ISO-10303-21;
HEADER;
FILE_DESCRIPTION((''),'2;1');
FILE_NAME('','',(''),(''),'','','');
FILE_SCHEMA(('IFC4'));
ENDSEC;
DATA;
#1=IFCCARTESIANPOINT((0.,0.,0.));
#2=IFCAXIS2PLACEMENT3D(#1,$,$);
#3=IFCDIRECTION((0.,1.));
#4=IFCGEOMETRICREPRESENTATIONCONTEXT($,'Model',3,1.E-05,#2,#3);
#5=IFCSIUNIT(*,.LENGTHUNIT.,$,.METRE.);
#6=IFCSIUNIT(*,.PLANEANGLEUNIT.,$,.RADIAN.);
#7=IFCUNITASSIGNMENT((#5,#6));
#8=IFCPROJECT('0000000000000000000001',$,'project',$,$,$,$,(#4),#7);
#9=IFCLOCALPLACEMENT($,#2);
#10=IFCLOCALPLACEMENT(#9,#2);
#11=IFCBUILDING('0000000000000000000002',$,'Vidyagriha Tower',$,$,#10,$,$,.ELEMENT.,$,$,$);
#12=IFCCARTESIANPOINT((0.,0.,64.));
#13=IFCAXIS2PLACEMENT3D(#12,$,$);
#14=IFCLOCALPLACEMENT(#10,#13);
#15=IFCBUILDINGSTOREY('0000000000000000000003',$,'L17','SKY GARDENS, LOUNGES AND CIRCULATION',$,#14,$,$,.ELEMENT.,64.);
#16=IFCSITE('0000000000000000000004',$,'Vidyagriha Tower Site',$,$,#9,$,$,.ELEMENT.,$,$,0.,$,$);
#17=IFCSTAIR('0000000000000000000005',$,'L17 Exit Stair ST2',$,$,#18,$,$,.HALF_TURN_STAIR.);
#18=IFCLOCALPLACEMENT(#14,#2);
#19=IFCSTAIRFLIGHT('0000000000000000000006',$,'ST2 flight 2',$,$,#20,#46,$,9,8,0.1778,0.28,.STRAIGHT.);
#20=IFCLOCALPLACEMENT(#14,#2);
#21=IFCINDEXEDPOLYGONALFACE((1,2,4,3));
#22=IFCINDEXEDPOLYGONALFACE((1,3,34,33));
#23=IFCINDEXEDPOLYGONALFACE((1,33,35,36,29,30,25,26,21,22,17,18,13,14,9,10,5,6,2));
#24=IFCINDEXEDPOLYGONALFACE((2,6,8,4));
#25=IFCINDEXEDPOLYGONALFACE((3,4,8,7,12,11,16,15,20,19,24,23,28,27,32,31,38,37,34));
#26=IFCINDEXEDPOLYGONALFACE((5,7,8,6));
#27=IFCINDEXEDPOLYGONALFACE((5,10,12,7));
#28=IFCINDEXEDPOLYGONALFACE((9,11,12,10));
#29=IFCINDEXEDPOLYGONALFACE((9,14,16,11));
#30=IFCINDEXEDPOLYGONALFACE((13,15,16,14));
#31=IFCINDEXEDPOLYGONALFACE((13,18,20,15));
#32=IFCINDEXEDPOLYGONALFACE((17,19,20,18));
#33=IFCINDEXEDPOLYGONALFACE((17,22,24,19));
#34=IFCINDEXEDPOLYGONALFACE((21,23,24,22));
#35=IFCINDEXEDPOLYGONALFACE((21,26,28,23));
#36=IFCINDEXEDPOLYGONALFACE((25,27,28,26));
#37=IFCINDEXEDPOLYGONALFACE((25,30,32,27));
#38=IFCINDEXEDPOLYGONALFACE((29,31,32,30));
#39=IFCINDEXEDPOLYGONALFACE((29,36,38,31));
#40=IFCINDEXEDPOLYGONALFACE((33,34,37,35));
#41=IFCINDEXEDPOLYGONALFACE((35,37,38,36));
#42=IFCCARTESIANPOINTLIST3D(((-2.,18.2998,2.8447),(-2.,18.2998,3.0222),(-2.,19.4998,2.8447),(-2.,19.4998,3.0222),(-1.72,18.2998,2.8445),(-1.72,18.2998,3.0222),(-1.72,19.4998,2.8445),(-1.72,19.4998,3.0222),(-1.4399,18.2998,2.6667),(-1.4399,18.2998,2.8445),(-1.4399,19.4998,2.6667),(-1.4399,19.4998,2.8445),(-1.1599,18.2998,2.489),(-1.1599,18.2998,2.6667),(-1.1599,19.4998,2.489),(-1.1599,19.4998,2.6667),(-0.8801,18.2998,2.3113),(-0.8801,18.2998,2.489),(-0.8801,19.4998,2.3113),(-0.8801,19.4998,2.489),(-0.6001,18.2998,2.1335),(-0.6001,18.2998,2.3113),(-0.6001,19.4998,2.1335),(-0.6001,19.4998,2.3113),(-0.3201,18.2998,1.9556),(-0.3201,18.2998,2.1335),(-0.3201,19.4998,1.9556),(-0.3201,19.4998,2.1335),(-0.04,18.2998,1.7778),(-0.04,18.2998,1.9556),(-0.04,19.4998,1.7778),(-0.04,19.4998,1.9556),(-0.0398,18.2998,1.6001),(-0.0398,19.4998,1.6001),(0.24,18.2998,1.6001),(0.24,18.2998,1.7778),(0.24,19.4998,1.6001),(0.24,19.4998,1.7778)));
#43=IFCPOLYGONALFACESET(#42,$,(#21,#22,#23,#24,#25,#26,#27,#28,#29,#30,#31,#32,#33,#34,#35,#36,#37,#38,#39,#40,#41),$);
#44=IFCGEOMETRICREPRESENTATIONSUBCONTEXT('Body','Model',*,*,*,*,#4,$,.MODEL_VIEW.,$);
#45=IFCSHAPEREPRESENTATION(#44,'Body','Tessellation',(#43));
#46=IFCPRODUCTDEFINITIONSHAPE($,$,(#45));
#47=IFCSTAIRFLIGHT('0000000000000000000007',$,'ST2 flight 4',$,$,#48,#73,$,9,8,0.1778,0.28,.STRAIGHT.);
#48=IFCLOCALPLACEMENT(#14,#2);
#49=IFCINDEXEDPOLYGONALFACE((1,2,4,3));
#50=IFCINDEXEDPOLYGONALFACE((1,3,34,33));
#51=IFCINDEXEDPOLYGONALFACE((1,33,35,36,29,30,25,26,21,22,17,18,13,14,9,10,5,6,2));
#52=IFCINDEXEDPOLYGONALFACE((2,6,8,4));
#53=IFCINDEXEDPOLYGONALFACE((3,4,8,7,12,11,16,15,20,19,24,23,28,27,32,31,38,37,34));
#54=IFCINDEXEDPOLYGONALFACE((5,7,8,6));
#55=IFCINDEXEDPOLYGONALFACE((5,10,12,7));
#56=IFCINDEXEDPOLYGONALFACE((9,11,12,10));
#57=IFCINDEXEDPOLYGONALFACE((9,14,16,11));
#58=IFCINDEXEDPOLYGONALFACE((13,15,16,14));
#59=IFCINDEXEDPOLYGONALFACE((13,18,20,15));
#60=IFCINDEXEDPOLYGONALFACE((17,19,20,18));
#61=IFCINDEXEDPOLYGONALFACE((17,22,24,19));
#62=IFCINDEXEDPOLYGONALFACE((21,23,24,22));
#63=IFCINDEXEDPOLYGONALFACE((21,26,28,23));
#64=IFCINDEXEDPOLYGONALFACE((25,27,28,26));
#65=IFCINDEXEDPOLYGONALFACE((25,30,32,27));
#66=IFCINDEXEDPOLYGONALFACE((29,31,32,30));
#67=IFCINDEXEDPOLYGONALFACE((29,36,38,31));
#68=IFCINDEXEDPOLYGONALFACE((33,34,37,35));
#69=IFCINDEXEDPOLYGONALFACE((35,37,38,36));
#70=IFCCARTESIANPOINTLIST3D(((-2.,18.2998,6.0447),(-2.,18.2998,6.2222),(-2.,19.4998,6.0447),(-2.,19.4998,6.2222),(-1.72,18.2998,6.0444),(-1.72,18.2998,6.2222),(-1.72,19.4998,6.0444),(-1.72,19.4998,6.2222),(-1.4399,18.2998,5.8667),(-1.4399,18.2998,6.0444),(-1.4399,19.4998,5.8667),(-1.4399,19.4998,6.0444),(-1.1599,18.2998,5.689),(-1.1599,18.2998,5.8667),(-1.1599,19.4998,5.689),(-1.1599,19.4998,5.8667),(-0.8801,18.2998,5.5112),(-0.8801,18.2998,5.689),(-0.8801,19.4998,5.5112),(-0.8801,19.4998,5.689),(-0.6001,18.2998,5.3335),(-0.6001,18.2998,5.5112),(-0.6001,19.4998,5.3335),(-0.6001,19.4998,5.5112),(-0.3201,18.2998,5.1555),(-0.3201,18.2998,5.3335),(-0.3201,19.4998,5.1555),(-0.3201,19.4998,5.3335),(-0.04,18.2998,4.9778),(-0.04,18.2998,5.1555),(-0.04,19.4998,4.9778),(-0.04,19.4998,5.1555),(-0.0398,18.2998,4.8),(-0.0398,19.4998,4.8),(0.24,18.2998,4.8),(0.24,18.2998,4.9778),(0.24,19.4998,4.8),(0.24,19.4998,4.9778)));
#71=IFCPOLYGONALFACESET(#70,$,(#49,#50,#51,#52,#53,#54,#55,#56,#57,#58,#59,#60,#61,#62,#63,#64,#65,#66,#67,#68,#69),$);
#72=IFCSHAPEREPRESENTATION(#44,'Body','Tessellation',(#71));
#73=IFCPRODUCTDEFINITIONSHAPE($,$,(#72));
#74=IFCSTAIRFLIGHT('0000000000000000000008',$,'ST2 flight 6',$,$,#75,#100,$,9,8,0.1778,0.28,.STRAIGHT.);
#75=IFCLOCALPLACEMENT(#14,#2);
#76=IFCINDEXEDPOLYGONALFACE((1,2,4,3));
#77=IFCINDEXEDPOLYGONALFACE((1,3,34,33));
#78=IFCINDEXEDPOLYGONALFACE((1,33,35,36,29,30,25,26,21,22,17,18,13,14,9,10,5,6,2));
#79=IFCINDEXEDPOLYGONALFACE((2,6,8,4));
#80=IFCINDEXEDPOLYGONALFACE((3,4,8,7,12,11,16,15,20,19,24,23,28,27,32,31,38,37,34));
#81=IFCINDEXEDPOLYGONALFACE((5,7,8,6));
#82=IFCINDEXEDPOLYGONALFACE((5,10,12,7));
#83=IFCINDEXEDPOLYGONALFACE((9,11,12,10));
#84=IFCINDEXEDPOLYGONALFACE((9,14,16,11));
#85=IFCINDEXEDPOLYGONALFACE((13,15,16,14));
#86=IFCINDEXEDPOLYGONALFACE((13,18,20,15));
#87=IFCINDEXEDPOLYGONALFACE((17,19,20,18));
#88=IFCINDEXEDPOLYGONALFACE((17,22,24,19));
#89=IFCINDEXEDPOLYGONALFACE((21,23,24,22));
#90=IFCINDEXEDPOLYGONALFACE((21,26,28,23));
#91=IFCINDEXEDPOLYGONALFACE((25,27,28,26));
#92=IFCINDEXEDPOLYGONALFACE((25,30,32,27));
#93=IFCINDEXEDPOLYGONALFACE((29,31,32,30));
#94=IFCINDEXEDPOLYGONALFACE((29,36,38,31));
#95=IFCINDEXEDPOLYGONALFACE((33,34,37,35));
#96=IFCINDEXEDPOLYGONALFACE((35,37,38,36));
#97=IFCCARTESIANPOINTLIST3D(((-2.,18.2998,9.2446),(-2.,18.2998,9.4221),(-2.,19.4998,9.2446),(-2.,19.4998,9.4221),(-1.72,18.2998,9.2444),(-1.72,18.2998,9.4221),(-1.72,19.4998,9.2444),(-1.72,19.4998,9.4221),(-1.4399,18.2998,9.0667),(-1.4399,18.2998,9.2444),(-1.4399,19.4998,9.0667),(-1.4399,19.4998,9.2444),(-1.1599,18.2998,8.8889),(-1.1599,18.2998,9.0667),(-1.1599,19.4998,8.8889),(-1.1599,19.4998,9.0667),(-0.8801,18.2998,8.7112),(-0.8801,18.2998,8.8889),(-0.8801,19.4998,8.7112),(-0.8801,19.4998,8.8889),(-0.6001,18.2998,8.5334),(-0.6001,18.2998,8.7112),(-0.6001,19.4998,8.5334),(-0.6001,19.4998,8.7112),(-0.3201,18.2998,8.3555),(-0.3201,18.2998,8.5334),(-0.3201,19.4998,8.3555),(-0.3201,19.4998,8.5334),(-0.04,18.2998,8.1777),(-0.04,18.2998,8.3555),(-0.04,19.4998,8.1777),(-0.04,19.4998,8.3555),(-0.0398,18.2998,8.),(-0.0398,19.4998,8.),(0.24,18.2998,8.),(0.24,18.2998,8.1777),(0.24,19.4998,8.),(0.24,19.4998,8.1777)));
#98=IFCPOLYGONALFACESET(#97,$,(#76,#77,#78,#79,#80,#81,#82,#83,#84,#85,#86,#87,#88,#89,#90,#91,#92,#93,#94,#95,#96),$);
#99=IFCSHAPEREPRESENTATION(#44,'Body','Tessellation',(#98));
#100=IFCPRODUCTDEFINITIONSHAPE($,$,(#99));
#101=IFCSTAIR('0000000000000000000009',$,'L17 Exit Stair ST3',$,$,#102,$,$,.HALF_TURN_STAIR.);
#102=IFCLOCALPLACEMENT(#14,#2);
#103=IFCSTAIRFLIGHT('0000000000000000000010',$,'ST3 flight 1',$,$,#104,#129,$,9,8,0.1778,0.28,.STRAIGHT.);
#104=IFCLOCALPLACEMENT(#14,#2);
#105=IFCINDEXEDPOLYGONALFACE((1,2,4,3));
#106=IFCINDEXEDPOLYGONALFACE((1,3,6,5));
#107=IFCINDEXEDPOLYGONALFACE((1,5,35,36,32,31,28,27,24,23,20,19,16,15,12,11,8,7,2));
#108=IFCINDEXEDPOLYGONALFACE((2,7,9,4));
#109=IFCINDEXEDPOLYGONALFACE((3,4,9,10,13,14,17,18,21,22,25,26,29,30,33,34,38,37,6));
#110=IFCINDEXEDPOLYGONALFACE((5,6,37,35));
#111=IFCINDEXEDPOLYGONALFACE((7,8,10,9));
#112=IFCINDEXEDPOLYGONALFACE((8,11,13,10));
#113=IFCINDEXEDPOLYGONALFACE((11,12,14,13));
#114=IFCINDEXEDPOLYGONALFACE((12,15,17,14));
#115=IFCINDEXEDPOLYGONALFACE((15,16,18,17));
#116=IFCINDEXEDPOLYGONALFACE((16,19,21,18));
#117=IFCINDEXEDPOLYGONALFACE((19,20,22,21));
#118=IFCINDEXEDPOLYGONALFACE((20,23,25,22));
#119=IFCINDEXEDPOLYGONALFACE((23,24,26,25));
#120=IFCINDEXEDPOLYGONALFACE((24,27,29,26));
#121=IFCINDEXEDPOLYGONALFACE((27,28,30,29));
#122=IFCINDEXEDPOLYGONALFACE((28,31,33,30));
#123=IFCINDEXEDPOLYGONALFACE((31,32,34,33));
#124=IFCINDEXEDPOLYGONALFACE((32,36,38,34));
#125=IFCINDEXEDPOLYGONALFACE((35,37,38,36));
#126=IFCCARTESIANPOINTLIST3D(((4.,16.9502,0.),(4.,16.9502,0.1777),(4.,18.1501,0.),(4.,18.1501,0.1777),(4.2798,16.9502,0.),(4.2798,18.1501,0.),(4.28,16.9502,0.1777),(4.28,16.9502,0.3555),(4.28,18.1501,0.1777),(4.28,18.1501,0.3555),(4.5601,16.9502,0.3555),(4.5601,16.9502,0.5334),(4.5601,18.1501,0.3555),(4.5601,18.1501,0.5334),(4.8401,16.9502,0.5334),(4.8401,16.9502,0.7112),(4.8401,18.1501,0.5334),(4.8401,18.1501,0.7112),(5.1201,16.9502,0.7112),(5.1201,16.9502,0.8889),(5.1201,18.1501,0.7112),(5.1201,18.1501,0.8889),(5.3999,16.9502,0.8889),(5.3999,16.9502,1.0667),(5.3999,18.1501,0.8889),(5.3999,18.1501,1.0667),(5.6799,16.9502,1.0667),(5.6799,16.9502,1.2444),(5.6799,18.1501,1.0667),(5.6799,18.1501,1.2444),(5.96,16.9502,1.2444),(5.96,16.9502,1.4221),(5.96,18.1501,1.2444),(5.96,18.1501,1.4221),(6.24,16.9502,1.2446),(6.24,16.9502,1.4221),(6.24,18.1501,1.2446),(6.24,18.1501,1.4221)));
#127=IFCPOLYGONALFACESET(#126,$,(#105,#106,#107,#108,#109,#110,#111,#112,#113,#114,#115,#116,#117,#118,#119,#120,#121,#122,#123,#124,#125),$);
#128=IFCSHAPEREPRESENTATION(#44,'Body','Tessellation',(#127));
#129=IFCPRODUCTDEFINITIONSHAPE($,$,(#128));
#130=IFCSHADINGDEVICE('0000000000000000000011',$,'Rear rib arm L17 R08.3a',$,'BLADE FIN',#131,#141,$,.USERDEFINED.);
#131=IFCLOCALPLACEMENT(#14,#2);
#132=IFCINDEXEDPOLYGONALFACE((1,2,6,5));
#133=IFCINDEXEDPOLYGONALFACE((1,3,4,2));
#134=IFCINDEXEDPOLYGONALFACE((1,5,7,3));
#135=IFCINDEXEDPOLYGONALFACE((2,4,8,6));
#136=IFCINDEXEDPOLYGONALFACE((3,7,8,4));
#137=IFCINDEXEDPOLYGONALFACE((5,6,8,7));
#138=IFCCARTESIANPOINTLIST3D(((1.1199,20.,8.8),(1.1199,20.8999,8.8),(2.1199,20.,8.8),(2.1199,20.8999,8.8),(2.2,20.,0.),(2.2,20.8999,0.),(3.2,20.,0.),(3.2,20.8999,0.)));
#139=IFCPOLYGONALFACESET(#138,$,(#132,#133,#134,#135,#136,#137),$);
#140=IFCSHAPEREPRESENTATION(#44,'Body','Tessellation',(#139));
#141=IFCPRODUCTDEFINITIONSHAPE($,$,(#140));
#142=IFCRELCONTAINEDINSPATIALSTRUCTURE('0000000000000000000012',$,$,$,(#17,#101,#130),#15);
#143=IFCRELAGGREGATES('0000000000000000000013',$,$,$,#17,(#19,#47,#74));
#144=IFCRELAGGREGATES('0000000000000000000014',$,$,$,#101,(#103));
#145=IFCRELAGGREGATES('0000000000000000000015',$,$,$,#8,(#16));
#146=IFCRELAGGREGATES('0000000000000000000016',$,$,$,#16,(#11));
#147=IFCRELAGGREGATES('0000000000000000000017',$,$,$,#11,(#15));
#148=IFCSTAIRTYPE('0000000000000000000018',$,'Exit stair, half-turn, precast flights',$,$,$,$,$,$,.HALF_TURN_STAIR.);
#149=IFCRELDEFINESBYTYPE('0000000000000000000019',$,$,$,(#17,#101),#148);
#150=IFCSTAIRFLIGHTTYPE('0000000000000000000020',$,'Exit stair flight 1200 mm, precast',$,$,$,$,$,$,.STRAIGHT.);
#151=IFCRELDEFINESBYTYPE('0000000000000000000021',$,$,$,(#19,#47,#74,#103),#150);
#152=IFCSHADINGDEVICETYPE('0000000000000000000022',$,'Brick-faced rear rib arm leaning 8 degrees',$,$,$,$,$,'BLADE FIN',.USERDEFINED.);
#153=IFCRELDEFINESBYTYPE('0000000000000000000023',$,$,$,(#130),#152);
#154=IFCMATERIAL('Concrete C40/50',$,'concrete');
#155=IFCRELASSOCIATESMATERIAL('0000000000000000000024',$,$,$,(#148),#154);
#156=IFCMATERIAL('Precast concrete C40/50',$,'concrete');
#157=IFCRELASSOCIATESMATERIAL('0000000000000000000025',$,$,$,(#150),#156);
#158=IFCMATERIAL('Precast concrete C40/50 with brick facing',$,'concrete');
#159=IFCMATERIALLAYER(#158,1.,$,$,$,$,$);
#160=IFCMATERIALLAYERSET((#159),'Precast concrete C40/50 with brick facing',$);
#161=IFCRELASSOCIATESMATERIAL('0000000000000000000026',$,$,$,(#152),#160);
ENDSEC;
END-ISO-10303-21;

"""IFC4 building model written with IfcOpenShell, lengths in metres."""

from ifc_helpers import new_model, si_unit, direction, frame, origin, place, context, subcontext, project, spatial, polyline, outline, extrude, material, layer, layer_set, type_object, element, aggregate, save


model = new_model("IFC4")

# Units and contexts
model_context = context("Model", 3, precision=1e-05, world=origin(), true_north=direction((0.0, 1.0)))
body_context = subcontext(model_context, "Body", "Model", "MODEL_VIEW")
ifc_project = project(units=[si_unit("LENGTHUNIT", "METRE"), si_unit("PLANEANGLEUNIT", "RADIAN")], contexts=[model_context])

# Site, building, storey
site_placement = place(None, origin())
site = spatial("IfcSite", under=ifc_project, at=site_placement, Name="Vidyagriha Tower Site", CompositionType="ELEMENT", RefElevation=0.0)
building_placement = place(site_placement, origin())
building = spatial("IfcBuilding", under=site, at=building_placement, Name="Vidyagriha Tower", CompositionType="ELEMENT")
storey_placement = place(building_placement, frame((0.0, 0.0, 64.0)))
storey = spatial("IfcBuildingStorey", under=building, at=storey_placement, Name="L17", Description="SKY GARDENS, LOUNGES AND CIRCULATION", CompositionType="ELEMENT", Elevation=64.0)

# Stair, stair flights
ifc_material_1 = material(Name="Concrete C40/50", Category="concrete")
stair_type = type_object("IfcStairType", Name="Exit stair, half-turn, precast flights", PredefinedType="HALF_TURN_STAIR", material=ifc_material_1)
stair_1_placement = place(storey_placement, origin())
stair_1 = element("IfcStair", 1, at=stair_1_placement, inside=storey, type_object=stair_type, Name="L17 Exit Stair ST2", PredefinedType="HALF_TURN_STAIR")
ifc_material_2 = material(Name="Precast concrete C40/50", Category="concrete")
stair_flight_type = type_object("IfcStairFlightType", Name="Exit stair flight 1200 mm, precast", PredefinedType="STRAIGHT", material=ifc_material_2)
stair_flight_1_placement = place(storey_placement, frame((0.24, 18.8999, 1.6001), z_axis=(0.0, 0.0, 1.0), x_axis=(-1.0, 0.0, 0.0)))
stair_flight_1 = element("IfcStairFlight", 2, at=stair_flight_1_placement, type_object=stair_flight_type, Name="ST2 flight 2", NumberOfRisers=9, NumberOfTreads=8, PredefinedType="STRAIGHT", RiserHeight=0.1778, TreadLength=0.28, context=body_context, shape_type="SweptSolid", body=[
    extrude(outline(polyline([(0.0, 0.0), (0.0, 0.1777), (0.28, 0.1777), (0.28, 0.3555), (0.5601, 0.3555), (0.5601, 0.5334), (0.8401, 0.5334), (0.8401, 0.7112), (1.1201, 0.7112), (1.1201, 0.8889), (1.3999, 0.8889), (1.3999, 1.0667), (1.6799, 1.0667), (1.6799, 1.2444), (1.96, 1.2444), (1.96, 1.4221), (2.24, 1.4221), (2.24, 1.6001), (2.24, 1.2446), (0.2798, 0.0), (0.0, 0.0)])), frame((0.0, 0.6001, 0.0), z_axis=(0.0, -1.0, 0.0), x_axis=(1.0, 0.0, 0.0)), (0.0, 0.0, 1.0), 1.2),
])
stair_flight_2_placement = place(storey_placement, frame((0.24, 18.8999, 4.8), z_axis=(0.0, 0.0, 1.0), x_axis=(-1.0, 0.0, 0.0)))
stair_flight_2 = element("IfcStairFlight", 3, at=stair_flight_2_placement, type_object=stair_flight_type, Name="ST2 flight 4", NumberOfRisers=9, NumberOfTreads=8, PredefinedType="STRAIGHT", RiserHeight=0.1778, TreadLength=0.28, context=body_context, shape_type="SweptSolid", body=[
    extrude(outline(polyline([(0.0, 0.0), (0.0, 0.1777), (0.28, 0.1777), (0.28, 0.3555), (0.5601, 0.3555), (0.5601, 0.5334), (0.8401, 0.5334), (0.8401, 0.7112), (1.1201, 0.7112), (1.1201, 0.8889), (1.3999, 0.8889), (1.3999, 1.0667), (1.6799, 1.0667), (1.6799, 1.2444), (1.96, 1.2444), (1.96, 1.4221), (2.24, 1.4221), (2.24, 1.6001), (2.24, 1.2446), (0.2798, 0.0), (0.0, 0.0)])), frame((0.0, 0.6001, 0.0), z_axis=(0.0, -1.0, 0.0), x_axis=(1.0, 0.0, 0.0)), (0.0, 0.0, 1.0), 1.2),
])
stair_flight_3_placement = place(storey_placement, frame((0.24, 18.8999, 8.0), z_axis=(0.0, 0.0, 1.0), x_axis=(-1.0, 0.0, 0.0)))
stair_flight_3 = element("IfcStairFlight", 4, at=stair_flight_3_placement, type_object=stair_flight_type, Name="ST2 flight 6", NumberOfRisers=9, NumberOfTreads=8, PredefinedType="STRAIGHT", RiserHeight=0.1778, TreadLength=0.28, context=body_context, shape_type="SweptSolid", body=[
    extrude(outline(polyline([(0.0, 0.0), (0.0, 0.1777), (0.28, 0.1777), (0.28, 0.3555), (0.5601, 0.3555), (0.5601, 0.5334), (0.8401, 0.5334), (0.8401, 0.7112), (1.1201, 0.7112), (1.1201, 0.8889), (1.3999, 0.8889), (1.3999, 1.0667), (1.6799, 1.0667), (1.6799, 1.2444), (1.96, 1.2444), (1.96, 1.4221), (2.24, 1.4221), (2.24, 1.6001), (2.24, 1.2446), (0.2798, 0.0), (0.0, 0.0)])), frame((0.0, 0.6001, 0.0), z_axis=(0.0, -1.0, 0.0), x_axis=(1.0, 0.0, 0.0)), (0.0, 0.0, 1.0), 1.2),
])
aggregate(stair_1, [stair_flight_1, stair_flight_2, stair_flight_3])

# Stair, stair flight
stair_2_placement = place(storey_placement, origin())
stair_2 = element("IfcStair", 5, at=stair_2_placement, inside=storey, type_object=stair_type, Name="L17 Exit Stair ST3", PredefinedType="HALF_TURN_STAIR")
stair_flight_4_placement = place(storey_placement, frame((4.0, 17.55, 0.0)))
stair_flight_4 = element("IfcStairFlight", 6, at=stair_flight_4_placement, type_object=stair_flight_type, Name="ST3 flight 1", NumberOfRisers=9, NumberOfTreads=8, PredefinedType="STRAIGHT", RiserHeight=0.1778, TreadLength=0.28, context=body_context, shape_type="SweptSolid", body=[
    extrude(outline(polyline([(0.0, 0.0), (0.0, 0.1777), (0.28, 0.1777), (0.28, 0.3555), (0.5601, 0.3555), (0.5601, 0.5334), (0.8401, 0.5334), (0.8401, 0.7112), (1.1201, 0.7112), (1.1201, 0.8889), (1.3999, 0.8889), (1.3999, 1.0667), (1.6799, 1.0667), (1.6799, 1.2444), (1.96, 1.2444), (1.96, 1.4221), (2.24, 1.4221), (2.24, 1.6001), (2.24, 1.2446), (0.2798, 0.0), (0.0, 0.0)])), frame((0.0, 0.6001, 0.0), z_axis=(0.0, -1.0, 0.0), x_axis=(1.0, 0.0, 0.0)), (0.0, 0.0, 1.0), 1.2),
])
aggregate(stair_2, [stair_flight_4])

# Shading device
ifc_material_3 = material(Name="Precast concrete C40/50 with brick facing", Category="concrete")
ifc_layer = layer(ifc_material_3, 1.0)
ifc_layer_set = layer_set([ifc_layer], Name="Precast concrete C40/50 with brick facing")
shading_device_type = type_object("IfcShadingDeviceType", Name="Brick-faced rear rib arm leaning 8 degrees", ElementType="BLADE FIN", PredefinedType="USERDEFINED", material=ifc_layer_set)
shading_device_placement = place(storey_placement, frame((3.2, 20.45, 0.0), z_axis=(0.0, 0.0, 1.0), x_axis=(-1.0, 0.0, 0.0)))
element("IfcShadingDevice", 7, at=shading_device_placement, inside=storey, type_object=shading_device_type, Name="Rear rib arm L17 R08.3a", ObjectType="BLADE FIN", PredefinedType="USERDEFINED", context=body_context, shape_type="SweptSolid", body=[
    extrude(outline(polyline([(0.0, 0.0), (1.0, 0.0), (2.0801, 8.8), (1.0801, 8.8), (0.0, 0.0)])), frame((0.0, 0.45, 0.0), z_axis=(0.0, -1.0, 0.0), x_axis=(1.0, 0.0, 0.0)), (0.0, 0.0, 1.0), 0.8999),
])

save(model, "model.ifc")
